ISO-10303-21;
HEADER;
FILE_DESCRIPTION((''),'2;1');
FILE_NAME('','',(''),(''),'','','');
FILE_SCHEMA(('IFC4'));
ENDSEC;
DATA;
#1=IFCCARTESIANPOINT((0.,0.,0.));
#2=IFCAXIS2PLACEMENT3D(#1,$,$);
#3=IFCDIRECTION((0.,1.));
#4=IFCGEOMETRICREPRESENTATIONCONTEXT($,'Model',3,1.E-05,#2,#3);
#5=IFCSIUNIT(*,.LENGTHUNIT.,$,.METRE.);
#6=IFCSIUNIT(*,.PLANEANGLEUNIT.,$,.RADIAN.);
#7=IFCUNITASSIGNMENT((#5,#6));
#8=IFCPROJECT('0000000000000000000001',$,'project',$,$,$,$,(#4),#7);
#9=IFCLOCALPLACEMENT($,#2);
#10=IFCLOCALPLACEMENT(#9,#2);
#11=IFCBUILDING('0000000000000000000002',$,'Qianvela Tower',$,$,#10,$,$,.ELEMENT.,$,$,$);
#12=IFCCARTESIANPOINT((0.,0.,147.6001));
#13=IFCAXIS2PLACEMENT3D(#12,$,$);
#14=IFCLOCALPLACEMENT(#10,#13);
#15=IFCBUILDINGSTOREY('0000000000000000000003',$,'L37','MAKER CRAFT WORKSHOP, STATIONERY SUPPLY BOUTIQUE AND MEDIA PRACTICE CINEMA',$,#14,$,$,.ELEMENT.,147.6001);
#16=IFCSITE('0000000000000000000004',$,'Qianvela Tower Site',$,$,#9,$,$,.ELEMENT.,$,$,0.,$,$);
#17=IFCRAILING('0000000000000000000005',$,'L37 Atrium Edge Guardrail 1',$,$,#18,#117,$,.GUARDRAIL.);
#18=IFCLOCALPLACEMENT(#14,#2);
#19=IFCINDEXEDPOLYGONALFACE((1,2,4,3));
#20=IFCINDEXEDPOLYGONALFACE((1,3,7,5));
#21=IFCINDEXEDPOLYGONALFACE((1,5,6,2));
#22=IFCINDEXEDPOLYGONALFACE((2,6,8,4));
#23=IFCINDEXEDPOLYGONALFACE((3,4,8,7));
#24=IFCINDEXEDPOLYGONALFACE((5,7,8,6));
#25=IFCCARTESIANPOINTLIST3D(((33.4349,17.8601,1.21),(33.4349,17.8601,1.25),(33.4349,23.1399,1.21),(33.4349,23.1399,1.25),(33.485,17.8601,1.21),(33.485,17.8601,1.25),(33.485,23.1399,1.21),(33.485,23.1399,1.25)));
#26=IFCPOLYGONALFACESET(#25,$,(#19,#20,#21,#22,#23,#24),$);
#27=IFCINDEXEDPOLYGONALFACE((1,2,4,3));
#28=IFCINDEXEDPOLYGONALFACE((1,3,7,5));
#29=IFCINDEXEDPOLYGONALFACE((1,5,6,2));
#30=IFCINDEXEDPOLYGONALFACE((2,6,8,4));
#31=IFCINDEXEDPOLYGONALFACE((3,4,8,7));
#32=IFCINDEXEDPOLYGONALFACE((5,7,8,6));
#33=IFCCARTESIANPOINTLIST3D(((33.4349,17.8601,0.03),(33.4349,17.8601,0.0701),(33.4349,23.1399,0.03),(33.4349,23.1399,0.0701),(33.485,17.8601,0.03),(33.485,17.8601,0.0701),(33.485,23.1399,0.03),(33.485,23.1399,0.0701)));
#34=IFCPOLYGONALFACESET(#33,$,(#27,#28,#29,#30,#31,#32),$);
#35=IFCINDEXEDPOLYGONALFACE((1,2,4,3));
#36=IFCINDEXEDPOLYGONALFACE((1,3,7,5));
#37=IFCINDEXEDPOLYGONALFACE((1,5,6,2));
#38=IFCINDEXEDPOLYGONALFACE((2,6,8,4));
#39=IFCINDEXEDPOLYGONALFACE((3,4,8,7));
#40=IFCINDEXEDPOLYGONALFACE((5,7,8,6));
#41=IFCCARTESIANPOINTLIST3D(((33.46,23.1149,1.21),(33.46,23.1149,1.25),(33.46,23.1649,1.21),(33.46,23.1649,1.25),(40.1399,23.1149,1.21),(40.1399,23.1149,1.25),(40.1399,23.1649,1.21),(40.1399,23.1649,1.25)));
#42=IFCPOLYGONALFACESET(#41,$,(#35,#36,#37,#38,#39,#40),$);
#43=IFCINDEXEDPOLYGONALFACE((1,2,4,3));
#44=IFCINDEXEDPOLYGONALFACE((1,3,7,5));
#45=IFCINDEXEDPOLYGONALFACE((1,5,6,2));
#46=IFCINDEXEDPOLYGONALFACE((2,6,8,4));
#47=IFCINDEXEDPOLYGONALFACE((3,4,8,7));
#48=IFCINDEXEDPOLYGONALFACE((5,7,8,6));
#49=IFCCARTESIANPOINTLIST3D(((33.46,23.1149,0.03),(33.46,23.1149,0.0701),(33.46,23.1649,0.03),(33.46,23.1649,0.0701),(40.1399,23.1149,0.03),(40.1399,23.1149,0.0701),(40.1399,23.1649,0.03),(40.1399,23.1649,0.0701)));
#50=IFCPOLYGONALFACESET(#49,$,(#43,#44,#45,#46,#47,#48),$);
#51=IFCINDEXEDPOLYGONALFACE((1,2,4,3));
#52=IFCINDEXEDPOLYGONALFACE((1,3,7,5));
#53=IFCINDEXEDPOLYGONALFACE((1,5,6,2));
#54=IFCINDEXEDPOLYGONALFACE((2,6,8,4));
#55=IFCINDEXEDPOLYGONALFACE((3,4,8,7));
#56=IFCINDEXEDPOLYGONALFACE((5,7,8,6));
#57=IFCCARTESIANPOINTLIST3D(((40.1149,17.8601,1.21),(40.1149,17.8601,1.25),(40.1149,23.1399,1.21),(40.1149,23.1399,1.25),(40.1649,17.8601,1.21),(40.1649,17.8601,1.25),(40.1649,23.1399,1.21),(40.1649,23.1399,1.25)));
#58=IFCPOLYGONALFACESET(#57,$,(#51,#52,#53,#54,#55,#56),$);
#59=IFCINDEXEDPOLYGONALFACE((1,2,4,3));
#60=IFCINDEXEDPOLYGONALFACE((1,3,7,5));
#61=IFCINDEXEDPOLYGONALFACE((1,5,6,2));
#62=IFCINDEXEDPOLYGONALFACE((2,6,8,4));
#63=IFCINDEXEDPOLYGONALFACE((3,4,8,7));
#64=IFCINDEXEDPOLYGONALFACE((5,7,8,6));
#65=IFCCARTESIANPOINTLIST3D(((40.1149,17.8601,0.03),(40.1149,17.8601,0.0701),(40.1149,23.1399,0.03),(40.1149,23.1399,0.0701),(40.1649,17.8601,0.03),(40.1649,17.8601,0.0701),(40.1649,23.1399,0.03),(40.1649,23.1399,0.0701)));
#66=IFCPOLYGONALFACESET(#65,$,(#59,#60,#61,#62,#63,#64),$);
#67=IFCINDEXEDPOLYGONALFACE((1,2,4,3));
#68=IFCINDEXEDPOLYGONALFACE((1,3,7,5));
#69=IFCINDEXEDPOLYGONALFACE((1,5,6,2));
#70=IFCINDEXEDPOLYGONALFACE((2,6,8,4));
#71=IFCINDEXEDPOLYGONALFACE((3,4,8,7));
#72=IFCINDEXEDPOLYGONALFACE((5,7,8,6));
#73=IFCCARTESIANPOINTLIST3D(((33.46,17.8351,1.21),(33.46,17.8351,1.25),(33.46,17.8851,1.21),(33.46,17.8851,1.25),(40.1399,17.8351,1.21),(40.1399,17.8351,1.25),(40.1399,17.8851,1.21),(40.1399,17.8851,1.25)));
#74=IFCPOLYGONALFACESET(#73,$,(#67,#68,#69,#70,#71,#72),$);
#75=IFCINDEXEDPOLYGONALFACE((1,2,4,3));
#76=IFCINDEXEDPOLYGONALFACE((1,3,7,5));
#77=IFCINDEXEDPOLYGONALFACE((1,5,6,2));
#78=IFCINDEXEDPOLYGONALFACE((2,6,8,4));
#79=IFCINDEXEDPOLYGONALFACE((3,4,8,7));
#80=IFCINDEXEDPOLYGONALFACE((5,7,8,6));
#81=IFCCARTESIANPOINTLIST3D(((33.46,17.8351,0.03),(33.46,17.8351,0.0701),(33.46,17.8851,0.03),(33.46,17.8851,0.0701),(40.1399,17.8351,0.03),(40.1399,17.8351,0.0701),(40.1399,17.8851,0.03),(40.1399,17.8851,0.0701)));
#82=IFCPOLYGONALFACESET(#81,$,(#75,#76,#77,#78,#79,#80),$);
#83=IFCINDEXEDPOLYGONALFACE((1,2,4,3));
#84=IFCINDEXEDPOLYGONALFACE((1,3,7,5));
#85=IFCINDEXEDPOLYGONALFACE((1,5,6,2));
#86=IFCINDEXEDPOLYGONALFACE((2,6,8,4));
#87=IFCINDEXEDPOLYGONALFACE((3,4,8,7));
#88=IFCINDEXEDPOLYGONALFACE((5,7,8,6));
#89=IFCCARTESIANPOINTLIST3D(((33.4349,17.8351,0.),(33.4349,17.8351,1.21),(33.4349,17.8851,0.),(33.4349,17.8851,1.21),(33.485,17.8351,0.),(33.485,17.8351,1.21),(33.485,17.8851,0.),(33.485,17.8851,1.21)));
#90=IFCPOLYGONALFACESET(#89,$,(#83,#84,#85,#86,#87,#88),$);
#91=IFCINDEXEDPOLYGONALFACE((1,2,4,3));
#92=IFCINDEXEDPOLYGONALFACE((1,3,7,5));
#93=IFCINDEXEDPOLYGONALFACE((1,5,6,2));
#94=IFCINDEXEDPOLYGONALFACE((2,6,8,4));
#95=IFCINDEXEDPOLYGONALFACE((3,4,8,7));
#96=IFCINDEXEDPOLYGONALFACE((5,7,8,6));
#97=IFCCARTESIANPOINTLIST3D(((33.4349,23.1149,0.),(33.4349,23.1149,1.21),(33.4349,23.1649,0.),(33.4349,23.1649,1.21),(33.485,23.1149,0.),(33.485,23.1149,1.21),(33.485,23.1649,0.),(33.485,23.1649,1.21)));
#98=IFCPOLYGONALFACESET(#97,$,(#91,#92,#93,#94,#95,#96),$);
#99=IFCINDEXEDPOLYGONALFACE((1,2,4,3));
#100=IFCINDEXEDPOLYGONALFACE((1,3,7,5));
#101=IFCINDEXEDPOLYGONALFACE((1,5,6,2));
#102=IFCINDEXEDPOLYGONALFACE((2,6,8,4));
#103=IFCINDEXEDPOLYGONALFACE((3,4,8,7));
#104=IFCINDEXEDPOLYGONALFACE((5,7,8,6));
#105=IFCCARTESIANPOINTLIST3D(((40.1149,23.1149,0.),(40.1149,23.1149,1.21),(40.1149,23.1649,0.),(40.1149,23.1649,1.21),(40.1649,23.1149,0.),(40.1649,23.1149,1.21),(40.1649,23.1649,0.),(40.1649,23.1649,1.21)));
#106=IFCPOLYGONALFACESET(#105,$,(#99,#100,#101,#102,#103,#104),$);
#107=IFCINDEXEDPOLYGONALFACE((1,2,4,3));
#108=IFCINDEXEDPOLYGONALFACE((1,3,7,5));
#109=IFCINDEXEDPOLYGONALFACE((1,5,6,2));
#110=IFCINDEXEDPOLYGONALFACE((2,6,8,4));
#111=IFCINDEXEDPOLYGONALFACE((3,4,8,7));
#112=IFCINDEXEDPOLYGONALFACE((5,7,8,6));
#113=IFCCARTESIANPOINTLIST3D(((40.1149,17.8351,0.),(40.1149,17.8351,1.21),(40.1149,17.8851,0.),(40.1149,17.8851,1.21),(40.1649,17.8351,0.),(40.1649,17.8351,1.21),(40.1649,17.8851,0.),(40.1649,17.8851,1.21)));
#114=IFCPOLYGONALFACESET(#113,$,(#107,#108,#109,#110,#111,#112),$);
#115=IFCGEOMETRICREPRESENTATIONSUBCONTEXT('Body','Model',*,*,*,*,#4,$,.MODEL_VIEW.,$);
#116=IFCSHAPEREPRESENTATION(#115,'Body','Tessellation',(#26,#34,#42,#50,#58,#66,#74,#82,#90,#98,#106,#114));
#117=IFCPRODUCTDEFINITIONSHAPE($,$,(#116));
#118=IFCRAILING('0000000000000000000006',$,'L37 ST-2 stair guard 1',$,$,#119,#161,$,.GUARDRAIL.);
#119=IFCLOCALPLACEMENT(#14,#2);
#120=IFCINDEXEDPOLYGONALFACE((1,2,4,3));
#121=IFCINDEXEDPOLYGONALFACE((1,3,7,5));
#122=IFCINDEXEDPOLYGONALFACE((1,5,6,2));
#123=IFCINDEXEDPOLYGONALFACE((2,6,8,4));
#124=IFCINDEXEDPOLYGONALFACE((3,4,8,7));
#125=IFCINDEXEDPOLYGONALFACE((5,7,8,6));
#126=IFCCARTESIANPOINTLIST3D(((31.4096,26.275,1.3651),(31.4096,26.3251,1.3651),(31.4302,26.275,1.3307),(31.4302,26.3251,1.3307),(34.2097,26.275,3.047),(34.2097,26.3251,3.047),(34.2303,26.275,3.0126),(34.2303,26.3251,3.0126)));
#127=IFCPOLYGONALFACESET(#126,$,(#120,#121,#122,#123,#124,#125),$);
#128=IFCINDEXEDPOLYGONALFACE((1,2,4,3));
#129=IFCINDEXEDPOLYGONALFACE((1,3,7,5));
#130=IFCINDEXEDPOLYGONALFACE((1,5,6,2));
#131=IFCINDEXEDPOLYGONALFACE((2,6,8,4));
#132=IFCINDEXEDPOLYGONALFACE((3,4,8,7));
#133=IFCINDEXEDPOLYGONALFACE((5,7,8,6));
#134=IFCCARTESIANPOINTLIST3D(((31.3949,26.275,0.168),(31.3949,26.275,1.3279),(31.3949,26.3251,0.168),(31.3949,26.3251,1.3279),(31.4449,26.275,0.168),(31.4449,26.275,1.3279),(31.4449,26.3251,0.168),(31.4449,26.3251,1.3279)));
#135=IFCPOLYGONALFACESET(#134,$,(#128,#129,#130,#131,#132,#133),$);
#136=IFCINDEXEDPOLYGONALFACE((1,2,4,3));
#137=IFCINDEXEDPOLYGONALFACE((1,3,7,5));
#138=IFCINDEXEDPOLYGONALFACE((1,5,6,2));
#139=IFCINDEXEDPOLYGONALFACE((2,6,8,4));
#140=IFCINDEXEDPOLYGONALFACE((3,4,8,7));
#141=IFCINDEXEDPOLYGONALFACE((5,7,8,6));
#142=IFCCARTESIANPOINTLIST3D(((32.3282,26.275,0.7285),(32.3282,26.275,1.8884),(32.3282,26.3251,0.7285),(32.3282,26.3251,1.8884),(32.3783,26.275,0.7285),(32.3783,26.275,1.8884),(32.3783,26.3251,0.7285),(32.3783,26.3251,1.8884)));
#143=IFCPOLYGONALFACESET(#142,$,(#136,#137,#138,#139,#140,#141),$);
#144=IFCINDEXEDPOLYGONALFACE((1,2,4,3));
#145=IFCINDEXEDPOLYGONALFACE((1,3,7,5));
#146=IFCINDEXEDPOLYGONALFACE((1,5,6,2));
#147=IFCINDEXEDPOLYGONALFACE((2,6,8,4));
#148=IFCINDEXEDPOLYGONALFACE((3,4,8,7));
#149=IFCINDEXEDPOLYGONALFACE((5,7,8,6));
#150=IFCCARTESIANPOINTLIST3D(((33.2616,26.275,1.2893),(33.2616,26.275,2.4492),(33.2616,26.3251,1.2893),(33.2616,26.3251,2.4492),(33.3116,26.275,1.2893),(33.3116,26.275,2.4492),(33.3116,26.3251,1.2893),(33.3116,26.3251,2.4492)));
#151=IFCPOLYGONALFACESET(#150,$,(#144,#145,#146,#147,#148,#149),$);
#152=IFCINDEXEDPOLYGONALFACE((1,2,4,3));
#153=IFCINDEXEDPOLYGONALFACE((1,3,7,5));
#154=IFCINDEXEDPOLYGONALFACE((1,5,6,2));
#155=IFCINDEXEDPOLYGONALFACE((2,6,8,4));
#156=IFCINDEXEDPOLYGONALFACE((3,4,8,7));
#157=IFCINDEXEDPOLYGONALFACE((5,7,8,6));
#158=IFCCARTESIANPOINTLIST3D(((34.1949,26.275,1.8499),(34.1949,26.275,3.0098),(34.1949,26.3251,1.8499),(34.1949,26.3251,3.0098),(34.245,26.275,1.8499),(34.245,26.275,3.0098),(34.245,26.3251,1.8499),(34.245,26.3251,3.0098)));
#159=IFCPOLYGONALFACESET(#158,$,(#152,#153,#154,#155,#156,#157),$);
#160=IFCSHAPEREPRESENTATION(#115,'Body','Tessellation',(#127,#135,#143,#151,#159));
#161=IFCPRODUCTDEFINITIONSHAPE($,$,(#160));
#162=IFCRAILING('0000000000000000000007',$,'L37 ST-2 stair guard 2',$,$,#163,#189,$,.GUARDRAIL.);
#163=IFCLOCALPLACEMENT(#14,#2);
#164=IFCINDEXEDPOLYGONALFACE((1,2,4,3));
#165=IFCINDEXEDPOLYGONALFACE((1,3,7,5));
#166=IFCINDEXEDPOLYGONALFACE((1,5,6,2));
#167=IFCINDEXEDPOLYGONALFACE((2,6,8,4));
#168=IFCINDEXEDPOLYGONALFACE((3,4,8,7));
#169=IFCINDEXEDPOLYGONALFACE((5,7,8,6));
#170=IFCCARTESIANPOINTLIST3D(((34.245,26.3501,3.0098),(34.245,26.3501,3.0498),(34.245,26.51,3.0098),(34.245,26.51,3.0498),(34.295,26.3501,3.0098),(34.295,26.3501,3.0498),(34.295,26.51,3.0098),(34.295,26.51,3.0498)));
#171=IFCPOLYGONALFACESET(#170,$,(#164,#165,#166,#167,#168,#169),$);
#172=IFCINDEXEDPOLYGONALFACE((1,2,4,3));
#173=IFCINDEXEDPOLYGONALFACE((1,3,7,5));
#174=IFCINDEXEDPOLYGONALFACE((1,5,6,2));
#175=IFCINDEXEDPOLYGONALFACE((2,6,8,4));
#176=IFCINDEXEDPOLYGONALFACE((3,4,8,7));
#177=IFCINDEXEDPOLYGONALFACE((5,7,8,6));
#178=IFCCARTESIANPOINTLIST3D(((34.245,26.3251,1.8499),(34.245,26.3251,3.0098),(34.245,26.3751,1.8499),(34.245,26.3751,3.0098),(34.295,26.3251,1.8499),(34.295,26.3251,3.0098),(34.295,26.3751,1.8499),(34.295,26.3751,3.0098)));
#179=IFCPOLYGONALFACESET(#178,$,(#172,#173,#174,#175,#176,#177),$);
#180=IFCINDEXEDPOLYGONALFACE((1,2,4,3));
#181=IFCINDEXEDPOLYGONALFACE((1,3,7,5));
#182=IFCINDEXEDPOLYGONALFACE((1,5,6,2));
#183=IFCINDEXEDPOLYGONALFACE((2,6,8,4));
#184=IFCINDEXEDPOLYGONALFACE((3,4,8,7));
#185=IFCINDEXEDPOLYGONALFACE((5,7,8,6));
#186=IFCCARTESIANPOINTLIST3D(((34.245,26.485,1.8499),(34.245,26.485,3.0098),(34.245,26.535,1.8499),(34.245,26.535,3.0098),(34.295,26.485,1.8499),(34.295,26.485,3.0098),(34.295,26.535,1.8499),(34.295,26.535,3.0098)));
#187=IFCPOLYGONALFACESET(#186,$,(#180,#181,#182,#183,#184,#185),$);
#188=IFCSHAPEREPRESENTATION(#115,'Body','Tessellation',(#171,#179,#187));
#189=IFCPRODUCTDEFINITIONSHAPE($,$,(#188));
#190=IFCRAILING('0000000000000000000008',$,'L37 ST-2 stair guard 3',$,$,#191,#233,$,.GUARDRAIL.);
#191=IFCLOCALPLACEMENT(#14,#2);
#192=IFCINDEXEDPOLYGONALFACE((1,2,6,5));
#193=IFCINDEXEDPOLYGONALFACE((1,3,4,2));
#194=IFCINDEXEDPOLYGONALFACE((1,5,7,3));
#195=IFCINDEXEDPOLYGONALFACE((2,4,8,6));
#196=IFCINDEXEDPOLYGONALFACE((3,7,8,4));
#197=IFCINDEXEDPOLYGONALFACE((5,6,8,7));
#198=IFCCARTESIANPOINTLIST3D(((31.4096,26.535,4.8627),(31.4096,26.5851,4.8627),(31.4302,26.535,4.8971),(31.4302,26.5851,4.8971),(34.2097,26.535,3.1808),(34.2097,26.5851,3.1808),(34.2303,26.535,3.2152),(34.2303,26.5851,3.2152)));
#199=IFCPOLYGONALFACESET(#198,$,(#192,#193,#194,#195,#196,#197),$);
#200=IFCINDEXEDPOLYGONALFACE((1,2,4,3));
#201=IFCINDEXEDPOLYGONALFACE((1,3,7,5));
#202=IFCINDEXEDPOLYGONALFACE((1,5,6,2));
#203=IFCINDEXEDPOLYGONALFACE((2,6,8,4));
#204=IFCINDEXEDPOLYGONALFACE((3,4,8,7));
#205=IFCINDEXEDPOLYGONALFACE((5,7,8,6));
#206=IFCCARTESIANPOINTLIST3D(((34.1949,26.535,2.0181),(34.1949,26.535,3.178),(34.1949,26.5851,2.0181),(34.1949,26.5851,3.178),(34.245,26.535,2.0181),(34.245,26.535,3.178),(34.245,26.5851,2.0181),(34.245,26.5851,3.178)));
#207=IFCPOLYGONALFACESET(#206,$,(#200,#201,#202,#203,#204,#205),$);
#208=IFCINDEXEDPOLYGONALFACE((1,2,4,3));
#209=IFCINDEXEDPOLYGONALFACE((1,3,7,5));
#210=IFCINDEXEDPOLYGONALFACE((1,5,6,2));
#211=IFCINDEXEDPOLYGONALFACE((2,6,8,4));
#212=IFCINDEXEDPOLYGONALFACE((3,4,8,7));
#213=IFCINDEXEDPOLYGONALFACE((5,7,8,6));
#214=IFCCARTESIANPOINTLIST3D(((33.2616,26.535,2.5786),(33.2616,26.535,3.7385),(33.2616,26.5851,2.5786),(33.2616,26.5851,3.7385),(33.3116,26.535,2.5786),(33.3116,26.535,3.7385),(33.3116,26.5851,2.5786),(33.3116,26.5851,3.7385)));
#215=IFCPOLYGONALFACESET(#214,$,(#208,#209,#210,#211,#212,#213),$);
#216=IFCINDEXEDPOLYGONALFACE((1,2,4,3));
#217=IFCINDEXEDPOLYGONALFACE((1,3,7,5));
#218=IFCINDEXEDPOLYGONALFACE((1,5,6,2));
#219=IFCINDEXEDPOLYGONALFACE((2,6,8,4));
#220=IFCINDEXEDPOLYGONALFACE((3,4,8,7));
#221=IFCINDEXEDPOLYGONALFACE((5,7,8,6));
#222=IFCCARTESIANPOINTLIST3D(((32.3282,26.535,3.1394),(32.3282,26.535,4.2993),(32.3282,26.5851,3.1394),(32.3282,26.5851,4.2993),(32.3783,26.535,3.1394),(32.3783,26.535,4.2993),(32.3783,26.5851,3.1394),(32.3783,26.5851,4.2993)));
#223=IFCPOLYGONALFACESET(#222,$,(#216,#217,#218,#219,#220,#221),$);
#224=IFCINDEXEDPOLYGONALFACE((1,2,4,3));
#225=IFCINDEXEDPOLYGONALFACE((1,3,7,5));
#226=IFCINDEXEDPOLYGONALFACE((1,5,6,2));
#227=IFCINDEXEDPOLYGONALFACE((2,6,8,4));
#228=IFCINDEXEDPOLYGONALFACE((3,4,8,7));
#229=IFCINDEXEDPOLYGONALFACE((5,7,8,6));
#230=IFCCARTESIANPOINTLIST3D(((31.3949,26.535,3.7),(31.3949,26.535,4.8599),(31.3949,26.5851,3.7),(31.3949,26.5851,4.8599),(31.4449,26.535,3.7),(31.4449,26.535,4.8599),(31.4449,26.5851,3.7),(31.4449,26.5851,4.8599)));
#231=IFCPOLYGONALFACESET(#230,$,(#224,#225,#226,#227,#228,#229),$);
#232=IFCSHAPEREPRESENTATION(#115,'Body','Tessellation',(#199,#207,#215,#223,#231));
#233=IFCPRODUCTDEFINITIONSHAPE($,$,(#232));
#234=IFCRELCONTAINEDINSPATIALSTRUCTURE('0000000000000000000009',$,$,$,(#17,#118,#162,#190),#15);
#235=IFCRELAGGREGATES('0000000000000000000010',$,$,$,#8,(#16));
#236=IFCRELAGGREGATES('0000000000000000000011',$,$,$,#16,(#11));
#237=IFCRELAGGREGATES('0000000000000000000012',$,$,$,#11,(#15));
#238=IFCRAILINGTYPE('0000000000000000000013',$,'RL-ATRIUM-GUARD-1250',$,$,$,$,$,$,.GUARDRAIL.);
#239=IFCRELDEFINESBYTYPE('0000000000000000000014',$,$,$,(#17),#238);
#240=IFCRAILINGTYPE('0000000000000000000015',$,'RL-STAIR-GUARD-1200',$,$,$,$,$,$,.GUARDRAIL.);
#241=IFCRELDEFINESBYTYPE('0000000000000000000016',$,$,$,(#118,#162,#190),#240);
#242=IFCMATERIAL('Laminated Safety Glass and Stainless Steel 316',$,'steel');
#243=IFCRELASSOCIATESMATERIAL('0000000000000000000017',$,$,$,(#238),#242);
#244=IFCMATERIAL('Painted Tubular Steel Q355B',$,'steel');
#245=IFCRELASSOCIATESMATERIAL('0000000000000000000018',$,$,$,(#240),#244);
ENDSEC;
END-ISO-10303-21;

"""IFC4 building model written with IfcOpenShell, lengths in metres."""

from ifc_helpers import new_model, si_unit, direction, frame, origin, origin_2d, place, context, subcontext, project, spatial, rectangle, extrude, material, type_object, element, save


model = new_model("IFC4")

# Units and contexts
model_context = context("Model", 3, precision=1e-05, world=origin(), true_north=direction((0.0, 1.0)))
body_context = subcontext(model_context, "Body", "Model", "MODEL_VIEW")
ifc_project = project(units=[si_unit("LENGTHUNIT", "METRE"), si_unit("PLANEANGLEUNIT", "RADIAN")], contexts=[model_context])

# Site, building, storey
site_placement = place(None, origin())
site = spatial("IfcSite", under=ifc_project, at=site_placement, Name="Qianvela Tower Site", CompositionType="ELEMENT", RefElevation=0.0)
building_placement = place(site_placement, origin())
building = spatial("IfcBuilding", under=site, at=building_placement, Name="Qianvela Tower", CompositionType="ELEMENT")
storey_placement = place(building_placement, frame((0.0, 0.0, 147.6001)))
storey = spatial("IfcBuildingStorey", under=building, at=storey_placement, Name="L37", Description="MAKER CRAFT WORKSHOP, STATIONERY SUPPLY BOUTIQUE AND MEDIA PRACTICE CINEMA", CompositionType="ELEMENT", Elevation=147.6001)

# Railings
ifc_material_1 = material(Name="Laminated Safety Glass and Stainless Steel 316", Category="steel")
railing_type_1 = type_object("IfcRailingType", Name="RL-ATRIUM-GUARD-1250", PredefinedType="GUARDRAIL", material=ifc_material_1)
railing_1_placement = place(storey_placement, frame((33.46, 17.8601, 0.0)))
element("IfcRailing", 1, at=railing_1_placement, inside=storey, type_object=railing_type_1, Name="L37 Atrium Edge Guardrail 1", PredefinedType="GUARDRAIL", context=body_context, shape_type="SweptSolid", body=[
    extrude(rectangle(XDim=0.05, YDim=0.04, at=origin_2d()), frame((0.0, 0.0, 1.23), z_axis=(0.0, 1.0, 0.0), x_axis=(-1.0, 0.0, 0.0)), (0.0, 0.0, 1.0), 5.2798),
    extrude(rectangle(XDim=0.05, YDim=0.04, at=origin_2d()), frame((0.0, 0.0, 0.05), z_axis=(0.0, 1.0, 0.0), x_axis=(-1.0, 0.0, 0.0)), (0.0, 0.0, 1.0), 5.2798),
    extrude(rectangle(XDim=0.05, YDim=0.04, at=origin_2d()), frame((0.0, 5.2798, 1.23), z_axis=(1.0, 0.0, 0.0), x_axis=(0.0, 1.0, 0.0)), (0.0, 0.0, 1.0), 6.6799),
    extrude(rectangle(XDim=0.05, YDim=0.04, at=origin_2d()), frame((0.0, 5.2798, 0.05), z_axis=(1.0, 0.0, 0.0), x_axis=(0.0, 1.0, 0.0)), (0.0, 0.0, 1.0), 6.6799),
    extrude(rectangle(XDim=0.05, YDim=0.04, at=origin_2d()), frame((6.6799, 5.2798, 1.23), z_axis=(0.0, -1.0, 0.0), x_axis=(1.0, 0.0, 0.0)), (0.0, 0.0, 1.0), 5.2798),
    extrude(rectangle(XDim=0.05, YDim=0.04, at=origin_2d()), frame((6.6799, 5.2798, 0.05), z_axis=(0.0, -1.0, 0.0), x_axis=(1.0, 0.0, 0.0)), (0.0, 0.0, 1.0), 5.2798),
    extrude(rectangle(XDim=0.05, YDim=0.04, at=origin_2d()), frame((6.6799, 0.0, 1.23), z_axis=(-1.0, 0.0, 0.0), x_axis=(0.0, -1.0, 0.0)), (0.0, 0.0, 1.0), 6.6799),
    extrude(rectangle(XDim=0.05, YDim=0.04, at=origin_2d()), frame((6.6799, 0.0, 0.05), z_axis=(-1.0, 0.0, 0.0), x_axis=(0.0, -1.0, 0.0)), (0.0, 0.0, 1.0), 6.6799),
    extrude(rectangle(XDim=0.05, YDim=0.05, at=origin_2d()), origin(), (0.0, 0.0, 1.0), 1.21),
    extrude(rectangle(XDim=0.05, YDim=0.05, at=origin_2d()), frame((0.0, 5.2798, 0.0)), (0.0, 0.0, 1.0), 1.21),
    extrude(rectangle(XDim=0.05, YDim=0.05, at=origin_2d()), frame((6.6799, 5.2798, 0.0)), (0.0, 0.0, 1.0), 1.21),
    extrude(rectangle(XDim=0.05, YDim=0.05, at=origin_2d()), frame((6.6799, 0.0, 0.0)), (0.0, 0.0, 1.0), 1.21),
])
ifc_material_2 = material(Name="Painted Tubular Steel Q355B", Category="steel")
railing_type_2 = type_object("IfcRailingType", Name="RL-STAIR-GUARD-1200", PredefinedType="GUARDRAIL", material=ifc_material_2)
railing_2_placement = place(storey_placement, frame((31.4199, 26.3, 0.168)))
element("IfcRailing", 2, at=railing_2_placement, inside=storey, type_object=railing_type_2, Name="L37 ST-2 stair guard 1", PredefinedType="GUARDRAIL", context=body_context, shape_type="SweptSolid", body=[
    extrude(rectangle(XDim=0.05, YDim=0.04, at=origin_2d()), frame((0.0, 0.0, 1.1799), z_axis=(0.857242, 0.0, 0.514913), x_axis=(0.0, 1.0, 0.0)), (0.0, 0.0, 1.0), 3.2664),
    extrude(rectangle(XDim=0.05, YDim=0.05, at=origin_2d()), origin(), (0.0, 0.0, 1.0), 1.1599),
    extrude(rectangle(XDim=0.05, YDim=0.05, at=origin_2d()), frame((0.9333, 0.0, 0.5605)), (0.0, 0.0, 1.0), 1.1599),
    extrude(rectangle(XDim=0.05, YDim=0.05, at=origin_2d()), frame((1.8667, 0.0, 1.1213)), (0.0, 0.0, 1.0), 1.1599),
    extrude(rectangle(XDim=0.05, YDim=0.05, at=origin_2d()), frame((2.8, 0.0, 1.6819)), (0.0, 0.0, 1.0), 1.1599),
])
railing_3_placement = place(storey_placement, frame((34.27, 26.3501, 1.8499)))
element("IfcRailing", 3, at=railing_3_placement, inside=storey, type_object=railing_type_2, Name="L37 ST-2 stair guard 2", PredefinedType="GUARDRAIL", context=body_context, shape_type="SweptSolid", body=[
    extrude(rectangle(XDim=0.05, YDim=0.04, at=origin_2d()), frame((0.0, 0.0, 1.1799), z_axis=(0.0, 1.0, 0.0), x_axis=(-1.0, 0.0, 0.0)), (0.0, 0.0, 1.0), 0.1599),
    extrude(rectangle(XDim=0.05, YDim=0.05, at=origin_2d()), origin(), (0.0, 0.0, 1.0), 1.1599),
    extrude(rectangle(XDim=0.05, YDim=0.05, at=origin_2d()), frame((0.0, 0.1599, 0.0)), (0.0, 0.0, 1.0), 1.1599),
])
railing_4_placement = place(storey_placement, frame((34.22, 26.5601, 2.0181)))
element("IfcRailing", 4, at=railing_4_placement, inside=storey, type_object=railing_type_2, Name="L37 ST-2 stair guard 3", PredefinedType="GUARDRAIL", context=body_context, shape_type="SweptSolid", body=[
    extrude(rectangle(XDim=0.05, YDim=0.04, at=origin_2d()), frame((0.0, 0.0, 1.1799), z_axis=(-0.857242, 0.0, 0.514913), x_axis=(0.0, -1.0, 0.0)), (0.0, 0.0, 1.0), 3.2664),
    extrude(rectangle(XDim=0.05, YDim=0.05, at=origin_2d()), origin(), (0.0, 0.0, 1.0), 1.1599),
    extrude(rectangle(XDim=0.05, YDim=0.05, at=origin_2d()), frame((-0.9333, 0.0, 0.5605)), (0.0, 0.0, 1.0), 1.1599),
    extrude(rectangle(XDim=0.05, YDim=0.05, at=origin_2d()), frame((-1.8667, 0.0, 1.1213)), (0.0, 0.0, 1.0), 1.1599),
    extrude(rectangle(XDim=0.05, YDim=0.05, at=origin_2d()), frame((-2.8, 0.0, 1.6819)), (0.0, 0.0, 1.0), 1.1599),
])

save(model, "model.ifc")
